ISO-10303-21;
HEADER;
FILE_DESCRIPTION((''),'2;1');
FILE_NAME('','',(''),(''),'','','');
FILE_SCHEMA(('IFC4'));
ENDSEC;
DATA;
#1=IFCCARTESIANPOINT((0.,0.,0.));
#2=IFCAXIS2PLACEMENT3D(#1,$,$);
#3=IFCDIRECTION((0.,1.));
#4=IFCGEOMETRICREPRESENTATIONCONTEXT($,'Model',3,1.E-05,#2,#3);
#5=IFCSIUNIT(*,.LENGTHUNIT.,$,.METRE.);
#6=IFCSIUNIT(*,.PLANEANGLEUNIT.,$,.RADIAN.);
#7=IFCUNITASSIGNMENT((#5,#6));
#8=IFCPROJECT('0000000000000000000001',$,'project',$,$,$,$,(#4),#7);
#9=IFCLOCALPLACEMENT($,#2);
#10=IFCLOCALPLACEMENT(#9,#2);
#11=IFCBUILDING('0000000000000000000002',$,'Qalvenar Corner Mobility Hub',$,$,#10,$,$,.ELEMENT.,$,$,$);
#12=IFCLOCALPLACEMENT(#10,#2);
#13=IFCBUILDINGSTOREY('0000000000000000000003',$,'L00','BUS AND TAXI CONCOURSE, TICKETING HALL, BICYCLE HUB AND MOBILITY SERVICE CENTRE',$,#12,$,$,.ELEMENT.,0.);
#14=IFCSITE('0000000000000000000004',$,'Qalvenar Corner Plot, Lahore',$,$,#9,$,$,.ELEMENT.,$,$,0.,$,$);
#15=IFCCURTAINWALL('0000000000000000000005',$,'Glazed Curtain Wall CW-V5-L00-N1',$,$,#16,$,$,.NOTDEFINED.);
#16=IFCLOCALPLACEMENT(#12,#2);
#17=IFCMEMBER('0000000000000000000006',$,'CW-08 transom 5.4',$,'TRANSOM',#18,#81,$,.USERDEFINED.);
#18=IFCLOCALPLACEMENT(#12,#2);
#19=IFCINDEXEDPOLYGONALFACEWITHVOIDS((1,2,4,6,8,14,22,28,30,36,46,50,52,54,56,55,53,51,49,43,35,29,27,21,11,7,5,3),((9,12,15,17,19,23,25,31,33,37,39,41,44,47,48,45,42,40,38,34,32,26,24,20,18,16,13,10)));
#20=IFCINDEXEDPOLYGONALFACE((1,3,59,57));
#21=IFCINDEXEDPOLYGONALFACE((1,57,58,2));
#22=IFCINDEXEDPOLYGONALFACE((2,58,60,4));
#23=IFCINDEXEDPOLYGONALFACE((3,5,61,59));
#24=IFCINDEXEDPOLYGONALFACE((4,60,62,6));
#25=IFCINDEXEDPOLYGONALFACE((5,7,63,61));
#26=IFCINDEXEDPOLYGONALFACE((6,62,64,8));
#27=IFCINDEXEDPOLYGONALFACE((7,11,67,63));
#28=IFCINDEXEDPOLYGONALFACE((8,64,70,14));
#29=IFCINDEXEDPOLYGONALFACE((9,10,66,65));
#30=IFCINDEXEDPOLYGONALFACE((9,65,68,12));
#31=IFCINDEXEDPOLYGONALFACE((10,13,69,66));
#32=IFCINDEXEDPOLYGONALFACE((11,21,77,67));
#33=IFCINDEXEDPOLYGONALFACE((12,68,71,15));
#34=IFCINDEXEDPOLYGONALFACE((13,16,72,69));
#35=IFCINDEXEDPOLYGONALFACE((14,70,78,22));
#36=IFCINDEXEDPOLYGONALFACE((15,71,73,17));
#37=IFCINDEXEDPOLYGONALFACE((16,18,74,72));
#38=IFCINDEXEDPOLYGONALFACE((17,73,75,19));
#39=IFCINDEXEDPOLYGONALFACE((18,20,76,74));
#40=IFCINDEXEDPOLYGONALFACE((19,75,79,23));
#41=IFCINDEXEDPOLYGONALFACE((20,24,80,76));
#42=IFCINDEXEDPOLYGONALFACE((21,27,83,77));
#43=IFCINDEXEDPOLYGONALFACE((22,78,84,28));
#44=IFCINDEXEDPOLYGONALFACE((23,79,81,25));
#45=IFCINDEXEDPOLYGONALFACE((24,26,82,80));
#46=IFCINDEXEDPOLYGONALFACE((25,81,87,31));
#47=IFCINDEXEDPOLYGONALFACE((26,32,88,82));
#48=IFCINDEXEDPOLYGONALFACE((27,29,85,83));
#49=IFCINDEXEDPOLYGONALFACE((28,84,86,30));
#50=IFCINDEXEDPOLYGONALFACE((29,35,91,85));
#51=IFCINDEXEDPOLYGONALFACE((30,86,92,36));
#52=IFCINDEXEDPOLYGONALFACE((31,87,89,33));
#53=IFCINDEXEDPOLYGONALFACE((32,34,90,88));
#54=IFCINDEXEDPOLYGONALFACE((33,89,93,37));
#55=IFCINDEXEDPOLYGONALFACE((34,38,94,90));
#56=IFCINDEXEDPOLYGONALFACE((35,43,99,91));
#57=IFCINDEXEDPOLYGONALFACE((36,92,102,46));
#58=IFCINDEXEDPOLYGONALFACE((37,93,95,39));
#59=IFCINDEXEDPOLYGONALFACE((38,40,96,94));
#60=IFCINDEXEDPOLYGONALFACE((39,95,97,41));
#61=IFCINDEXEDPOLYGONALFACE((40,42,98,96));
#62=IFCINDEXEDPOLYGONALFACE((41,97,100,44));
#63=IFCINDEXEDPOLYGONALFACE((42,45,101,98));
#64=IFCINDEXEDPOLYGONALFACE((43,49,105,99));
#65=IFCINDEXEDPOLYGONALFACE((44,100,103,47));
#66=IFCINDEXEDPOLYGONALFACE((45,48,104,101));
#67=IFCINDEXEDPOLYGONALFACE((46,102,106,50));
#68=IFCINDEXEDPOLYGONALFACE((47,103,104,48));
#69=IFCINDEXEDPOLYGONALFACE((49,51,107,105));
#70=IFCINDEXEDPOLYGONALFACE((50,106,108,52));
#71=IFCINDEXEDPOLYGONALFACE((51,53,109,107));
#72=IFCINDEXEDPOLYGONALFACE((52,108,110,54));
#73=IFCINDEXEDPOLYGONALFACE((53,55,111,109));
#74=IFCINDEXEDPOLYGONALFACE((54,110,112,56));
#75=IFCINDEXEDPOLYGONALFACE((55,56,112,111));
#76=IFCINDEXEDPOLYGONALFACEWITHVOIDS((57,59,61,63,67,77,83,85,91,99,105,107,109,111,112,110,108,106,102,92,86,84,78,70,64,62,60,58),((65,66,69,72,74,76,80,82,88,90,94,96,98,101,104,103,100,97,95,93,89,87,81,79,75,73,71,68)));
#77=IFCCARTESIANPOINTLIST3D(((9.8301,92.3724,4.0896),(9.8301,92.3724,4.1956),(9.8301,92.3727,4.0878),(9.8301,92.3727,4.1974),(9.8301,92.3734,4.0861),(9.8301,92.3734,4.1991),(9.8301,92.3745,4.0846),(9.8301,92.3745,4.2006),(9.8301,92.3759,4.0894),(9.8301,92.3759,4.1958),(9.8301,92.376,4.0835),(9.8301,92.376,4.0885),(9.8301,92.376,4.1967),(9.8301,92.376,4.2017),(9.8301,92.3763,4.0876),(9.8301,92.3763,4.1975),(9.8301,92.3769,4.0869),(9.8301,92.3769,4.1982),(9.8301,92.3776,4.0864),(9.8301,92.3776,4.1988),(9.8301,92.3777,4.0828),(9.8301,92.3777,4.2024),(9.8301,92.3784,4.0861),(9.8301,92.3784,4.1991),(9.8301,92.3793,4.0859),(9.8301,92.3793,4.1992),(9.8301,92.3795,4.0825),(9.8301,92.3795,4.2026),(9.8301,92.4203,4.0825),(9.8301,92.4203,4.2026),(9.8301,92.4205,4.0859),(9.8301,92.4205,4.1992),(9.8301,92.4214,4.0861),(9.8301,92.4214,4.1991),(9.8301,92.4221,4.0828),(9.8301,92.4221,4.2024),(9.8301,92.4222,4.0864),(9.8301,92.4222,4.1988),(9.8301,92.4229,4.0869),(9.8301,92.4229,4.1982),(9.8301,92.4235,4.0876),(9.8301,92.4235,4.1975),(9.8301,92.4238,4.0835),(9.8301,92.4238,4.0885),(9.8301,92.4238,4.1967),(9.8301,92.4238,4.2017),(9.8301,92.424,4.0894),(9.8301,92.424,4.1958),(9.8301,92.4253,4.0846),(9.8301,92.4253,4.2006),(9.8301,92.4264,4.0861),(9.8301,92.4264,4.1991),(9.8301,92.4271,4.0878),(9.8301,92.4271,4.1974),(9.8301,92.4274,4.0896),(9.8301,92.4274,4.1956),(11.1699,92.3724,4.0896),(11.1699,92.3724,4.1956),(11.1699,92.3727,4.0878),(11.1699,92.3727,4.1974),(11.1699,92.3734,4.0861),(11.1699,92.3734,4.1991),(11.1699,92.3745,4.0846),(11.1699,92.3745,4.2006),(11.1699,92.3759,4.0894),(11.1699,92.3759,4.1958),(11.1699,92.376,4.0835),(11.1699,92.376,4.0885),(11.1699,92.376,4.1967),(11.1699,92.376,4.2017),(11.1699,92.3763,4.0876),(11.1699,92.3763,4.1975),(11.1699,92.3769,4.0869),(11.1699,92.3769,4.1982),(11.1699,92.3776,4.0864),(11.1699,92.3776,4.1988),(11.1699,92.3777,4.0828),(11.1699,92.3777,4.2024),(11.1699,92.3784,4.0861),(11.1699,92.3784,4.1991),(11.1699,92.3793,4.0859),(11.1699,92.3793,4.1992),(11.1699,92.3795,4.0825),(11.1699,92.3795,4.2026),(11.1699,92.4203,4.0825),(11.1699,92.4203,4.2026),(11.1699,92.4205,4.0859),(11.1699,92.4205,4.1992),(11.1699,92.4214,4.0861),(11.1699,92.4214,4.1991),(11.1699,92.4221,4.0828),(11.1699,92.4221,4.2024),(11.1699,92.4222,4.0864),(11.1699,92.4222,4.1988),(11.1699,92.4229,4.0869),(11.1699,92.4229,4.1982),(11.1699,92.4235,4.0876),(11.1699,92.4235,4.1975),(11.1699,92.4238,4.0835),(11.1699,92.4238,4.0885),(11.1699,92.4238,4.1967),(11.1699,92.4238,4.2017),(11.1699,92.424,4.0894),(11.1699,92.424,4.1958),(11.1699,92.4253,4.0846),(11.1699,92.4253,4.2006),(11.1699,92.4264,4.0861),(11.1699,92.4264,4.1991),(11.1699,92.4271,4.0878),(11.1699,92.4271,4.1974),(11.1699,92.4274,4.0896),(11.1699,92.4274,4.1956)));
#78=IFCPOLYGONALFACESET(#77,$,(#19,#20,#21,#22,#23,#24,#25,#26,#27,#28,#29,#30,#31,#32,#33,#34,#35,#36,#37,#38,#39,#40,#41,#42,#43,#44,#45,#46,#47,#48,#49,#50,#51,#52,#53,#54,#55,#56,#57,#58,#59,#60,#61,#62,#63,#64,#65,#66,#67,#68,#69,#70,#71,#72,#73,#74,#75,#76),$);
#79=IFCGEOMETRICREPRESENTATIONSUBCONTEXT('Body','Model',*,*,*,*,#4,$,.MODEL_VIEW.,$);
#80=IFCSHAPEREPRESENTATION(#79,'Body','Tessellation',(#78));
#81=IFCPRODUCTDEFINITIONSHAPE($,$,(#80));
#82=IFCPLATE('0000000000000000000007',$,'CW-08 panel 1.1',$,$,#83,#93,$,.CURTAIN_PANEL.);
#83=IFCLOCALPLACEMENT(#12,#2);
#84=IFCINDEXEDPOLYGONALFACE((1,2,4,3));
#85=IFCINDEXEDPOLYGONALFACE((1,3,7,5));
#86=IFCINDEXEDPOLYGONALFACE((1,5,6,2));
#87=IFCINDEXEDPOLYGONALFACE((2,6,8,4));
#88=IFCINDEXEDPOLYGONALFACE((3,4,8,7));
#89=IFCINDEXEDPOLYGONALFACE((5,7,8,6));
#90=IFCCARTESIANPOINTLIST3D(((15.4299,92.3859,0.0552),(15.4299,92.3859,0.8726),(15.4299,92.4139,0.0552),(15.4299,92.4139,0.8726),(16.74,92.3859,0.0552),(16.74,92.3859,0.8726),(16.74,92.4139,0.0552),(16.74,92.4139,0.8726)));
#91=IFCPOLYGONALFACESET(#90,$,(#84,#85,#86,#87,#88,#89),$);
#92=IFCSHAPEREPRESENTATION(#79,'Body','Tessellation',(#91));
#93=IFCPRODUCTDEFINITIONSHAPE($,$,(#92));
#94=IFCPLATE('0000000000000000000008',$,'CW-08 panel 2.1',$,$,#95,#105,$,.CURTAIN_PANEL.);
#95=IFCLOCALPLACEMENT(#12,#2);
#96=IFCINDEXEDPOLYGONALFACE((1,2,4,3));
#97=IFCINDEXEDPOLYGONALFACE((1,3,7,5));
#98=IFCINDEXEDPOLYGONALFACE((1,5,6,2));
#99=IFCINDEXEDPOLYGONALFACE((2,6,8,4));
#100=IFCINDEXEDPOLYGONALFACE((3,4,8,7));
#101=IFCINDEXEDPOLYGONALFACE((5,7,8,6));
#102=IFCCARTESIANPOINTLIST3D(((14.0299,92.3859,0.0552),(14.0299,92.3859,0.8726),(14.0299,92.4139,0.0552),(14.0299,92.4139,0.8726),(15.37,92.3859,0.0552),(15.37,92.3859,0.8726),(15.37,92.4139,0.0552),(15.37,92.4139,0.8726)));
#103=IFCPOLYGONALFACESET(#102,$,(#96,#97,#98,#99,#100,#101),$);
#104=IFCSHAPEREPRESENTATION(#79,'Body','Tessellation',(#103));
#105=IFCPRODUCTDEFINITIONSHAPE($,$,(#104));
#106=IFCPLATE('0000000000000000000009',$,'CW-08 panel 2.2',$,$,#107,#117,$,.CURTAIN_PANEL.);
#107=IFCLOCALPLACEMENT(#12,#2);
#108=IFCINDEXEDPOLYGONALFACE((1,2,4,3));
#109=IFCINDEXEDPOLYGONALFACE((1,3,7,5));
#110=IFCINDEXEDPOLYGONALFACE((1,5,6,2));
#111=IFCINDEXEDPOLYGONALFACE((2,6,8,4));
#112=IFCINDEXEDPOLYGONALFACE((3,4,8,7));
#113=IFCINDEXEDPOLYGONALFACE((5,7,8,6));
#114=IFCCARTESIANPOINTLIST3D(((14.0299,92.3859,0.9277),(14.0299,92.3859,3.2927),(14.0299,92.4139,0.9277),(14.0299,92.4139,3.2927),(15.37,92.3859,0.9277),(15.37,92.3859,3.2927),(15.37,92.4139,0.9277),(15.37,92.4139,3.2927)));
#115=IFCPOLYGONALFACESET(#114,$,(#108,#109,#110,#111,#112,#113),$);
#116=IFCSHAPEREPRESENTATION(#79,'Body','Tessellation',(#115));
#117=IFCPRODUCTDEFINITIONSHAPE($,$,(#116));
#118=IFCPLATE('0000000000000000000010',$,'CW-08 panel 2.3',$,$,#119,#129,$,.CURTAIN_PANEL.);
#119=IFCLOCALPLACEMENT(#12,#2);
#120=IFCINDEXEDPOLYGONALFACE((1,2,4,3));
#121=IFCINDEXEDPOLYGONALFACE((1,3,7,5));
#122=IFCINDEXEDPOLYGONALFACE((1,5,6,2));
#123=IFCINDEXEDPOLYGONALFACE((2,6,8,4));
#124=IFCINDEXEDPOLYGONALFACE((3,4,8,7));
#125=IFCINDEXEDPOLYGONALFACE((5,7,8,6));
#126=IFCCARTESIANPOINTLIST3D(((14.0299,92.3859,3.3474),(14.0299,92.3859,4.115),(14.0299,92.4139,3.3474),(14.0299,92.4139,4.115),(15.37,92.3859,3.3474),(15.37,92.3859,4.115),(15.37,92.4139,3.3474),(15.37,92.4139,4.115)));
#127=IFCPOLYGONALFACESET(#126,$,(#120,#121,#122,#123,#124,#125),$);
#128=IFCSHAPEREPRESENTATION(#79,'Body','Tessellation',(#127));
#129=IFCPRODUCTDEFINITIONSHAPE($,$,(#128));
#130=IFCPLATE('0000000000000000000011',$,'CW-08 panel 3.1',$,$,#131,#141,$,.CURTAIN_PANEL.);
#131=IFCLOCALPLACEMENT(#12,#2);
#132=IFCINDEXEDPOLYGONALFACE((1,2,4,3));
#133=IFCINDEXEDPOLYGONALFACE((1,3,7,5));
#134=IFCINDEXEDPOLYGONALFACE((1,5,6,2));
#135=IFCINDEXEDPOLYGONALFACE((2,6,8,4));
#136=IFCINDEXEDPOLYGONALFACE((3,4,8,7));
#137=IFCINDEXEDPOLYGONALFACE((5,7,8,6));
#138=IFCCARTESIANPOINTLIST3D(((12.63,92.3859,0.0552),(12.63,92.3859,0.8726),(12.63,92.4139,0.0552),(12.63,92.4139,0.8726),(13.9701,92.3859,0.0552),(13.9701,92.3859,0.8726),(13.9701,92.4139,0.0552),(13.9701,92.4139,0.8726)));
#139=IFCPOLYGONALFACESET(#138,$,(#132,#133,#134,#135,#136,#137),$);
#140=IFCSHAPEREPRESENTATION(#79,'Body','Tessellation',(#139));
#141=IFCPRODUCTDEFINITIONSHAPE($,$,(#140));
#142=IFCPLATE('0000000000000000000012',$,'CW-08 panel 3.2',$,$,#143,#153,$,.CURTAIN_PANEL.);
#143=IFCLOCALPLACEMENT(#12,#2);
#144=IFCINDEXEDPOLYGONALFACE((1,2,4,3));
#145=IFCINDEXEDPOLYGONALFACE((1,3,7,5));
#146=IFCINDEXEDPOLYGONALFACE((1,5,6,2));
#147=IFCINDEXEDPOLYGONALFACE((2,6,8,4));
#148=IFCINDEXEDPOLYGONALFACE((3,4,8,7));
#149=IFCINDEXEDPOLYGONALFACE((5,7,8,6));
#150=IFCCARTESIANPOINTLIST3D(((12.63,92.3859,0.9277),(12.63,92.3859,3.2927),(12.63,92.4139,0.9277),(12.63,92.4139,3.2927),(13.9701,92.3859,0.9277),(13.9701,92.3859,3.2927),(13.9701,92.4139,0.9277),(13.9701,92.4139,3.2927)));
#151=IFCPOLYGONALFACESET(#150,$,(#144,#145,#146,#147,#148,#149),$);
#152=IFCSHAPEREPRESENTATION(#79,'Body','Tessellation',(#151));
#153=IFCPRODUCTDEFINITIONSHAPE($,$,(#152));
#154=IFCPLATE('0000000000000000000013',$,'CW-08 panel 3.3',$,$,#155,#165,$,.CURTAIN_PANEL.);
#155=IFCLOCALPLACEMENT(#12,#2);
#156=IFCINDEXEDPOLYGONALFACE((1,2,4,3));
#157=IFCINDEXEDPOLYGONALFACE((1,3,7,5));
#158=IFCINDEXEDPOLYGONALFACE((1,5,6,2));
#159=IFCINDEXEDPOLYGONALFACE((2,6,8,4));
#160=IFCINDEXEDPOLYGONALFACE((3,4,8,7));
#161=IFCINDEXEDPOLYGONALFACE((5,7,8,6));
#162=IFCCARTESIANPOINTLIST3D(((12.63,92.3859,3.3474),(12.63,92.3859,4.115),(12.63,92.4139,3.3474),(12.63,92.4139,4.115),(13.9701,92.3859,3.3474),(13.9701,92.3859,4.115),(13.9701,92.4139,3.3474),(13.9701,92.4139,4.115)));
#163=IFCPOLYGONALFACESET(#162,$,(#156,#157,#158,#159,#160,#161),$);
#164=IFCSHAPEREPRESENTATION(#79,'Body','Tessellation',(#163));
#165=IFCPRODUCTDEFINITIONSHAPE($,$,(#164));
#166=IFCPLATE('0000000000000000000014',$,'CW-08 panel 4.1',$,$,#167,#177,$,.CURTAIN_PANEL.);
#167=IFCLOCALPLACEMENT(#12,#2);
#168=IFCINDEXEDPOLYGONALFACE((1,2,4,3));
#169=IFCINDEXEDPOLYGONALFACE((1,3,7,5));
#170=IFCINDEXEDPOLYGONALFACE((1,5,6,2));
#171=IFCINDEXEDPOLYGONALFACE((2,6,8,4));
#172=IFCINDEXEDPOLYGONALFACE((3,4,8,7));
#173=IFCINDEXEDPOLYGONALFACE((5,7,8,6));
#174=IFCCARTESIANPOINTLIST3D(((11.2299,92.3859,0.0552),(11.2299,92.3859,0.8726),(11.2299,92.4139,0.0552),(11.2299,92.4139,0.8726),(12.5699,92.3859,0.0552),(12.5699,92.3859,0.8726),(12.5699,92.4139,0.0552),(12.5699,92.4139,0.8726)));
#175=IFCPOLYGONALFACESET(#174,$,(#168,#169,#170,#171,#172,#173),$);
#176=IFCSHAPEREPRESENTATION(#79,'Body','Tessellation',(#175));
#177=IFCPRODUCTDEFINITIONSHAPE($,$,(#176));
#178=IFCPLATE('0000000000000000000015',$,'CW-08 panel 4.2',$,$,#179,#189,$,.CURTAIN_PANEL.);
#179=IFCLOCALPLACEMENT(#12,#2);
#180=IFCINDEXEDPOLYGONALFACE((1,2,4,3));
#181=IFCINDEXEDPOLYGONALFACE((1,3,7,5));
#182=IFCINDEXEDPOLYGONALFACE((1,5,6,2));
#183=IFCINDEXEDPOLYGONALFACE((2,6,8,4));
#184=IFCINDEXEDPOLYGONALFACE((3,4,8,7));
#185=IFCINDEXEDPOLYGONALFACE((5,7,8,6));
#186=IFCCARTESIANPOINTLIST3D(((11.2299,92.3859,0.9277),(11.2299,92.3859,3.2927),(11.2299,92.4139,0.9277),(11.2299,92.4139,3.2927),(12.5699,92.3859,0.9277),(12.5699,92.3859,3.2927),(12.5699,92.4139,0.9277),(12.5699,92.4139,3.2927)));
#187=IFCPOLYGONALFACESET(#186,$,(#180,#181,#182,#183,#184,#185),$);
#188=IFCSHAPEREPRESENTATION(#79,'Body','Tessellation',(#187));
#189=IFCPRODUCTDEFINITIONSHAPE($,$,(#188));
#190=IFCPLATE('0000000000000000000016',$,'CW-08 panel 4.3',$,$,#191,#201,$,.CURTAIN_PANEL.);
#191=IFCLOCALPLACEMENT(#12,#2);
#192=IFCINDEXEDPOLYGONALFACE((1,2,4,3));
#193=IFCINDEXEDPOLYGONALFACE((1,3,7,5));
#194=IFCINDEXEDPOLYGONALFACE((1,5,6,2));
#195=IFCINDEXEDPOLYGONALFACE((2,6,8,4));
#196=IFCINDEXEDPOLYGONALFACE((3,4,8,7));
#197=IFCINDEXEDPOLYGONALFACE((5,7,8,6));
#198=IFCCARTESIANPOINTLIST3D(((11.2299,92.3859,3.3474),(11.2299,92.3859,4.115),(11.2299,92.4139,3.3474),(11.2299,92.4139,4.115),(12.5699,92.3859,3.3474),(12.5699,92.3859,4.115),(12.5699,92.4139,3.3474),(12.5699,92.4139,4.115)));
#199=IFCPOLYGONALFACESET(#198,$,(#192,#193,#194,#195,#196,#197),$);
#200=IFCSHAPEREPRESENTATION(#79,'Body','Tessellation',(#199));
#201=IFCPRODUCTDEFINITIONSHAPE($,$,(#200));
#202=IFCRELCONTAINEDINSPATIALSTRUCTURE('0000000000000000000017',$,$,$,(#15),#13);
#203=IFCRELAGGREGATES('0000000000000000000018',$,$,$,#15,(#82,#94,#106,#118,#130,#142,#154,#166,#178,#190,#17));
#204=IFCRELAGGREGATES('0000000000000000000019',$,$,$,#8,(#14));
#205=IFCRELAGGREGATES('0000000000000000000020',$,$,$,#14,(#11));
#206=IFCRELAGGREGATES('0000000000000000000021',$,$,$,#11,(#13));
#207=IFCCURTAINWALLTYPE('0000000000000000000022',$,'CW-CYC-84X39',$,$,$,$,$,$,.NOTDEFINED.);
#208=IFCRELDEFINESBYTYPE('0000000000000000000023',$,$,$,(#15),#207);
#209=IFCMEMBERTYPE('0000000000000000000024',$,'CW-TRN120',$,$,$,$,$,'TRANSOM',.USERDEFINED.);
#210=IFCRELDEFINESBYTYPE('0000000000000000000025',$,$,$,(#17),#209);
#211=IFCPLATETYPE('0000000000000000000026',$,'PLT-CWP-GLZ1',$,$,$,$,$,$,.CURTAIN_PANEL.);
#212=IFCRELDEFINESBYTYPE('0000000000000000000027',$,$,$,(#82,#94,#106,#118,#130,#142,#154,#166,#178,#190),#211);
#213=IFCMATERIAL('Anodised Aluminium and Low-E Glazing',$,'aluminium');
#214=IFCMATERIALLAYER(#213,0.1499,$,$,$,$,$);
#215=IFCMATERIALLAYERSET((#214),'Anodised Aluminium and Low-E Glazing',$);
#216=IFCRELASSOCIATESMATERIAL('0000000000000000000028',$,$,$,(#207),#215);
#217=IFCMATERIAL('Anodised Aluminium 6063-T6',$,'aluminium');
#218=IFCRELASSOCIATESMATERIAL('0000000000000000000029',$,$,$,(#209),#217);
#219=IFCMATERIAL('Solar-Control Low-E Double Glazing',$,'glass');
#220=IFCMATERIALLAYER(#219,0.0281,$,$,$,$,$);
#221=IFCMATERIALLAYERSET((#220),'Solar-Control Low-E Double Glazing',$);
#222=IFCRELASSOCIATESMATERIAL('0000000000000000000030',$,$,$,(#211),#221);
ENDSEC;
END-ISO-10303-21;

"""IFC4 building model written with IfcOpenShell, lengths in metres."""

from ifc_helpers import new_model, si_unit, direction, frame, origin, origin_2d, place, context, subcontext, project, spatial, rectangle, hollow_rectangle, extrude, material, layer, layer_set, material_profile, profile_set, type_object, element, aggregate, save


model = new_model("IFC4")

# Units and contexts
model_context = context("Model", 3, precision=1e-05, world=origin(), true_north=direction((0.0, 1.0)))
body_context = subcontext(model_context, "Body", "Model", "MODEL_VIEW")
ifc_project = project(units=[si_unit("LENGTHUNIT", "METRE"), si_unit("PLANEANGLEUNIT", "RADIAN")], contexts=[model_context])

# Site, building, storey
site_placement = place(None, origin())
site = spatial("IfcSite", under=ifc_project, at=site_placement, Name="Qalvenar Corner Plot, Lahore", CompositionType="ELEMENT", RefElevation=0.0)
building_placement = place(site_placement, origin())
building = spatial("IfcBuilding", under=site, at=building_placement, Name="Qalvenar Corner Mobility Hub", CompositionType="ELEMENT")
storey_placement = place(building_placement, origin())
storey = spatial("IfcBuildingStorey", under=building, at=storey_placement, Name="L00", Description="BUS AND TAXI CONCOURSE, TICKETING HALL, BICYCLE HUB AND MOBILITY SERVICE CENTRE", CompositionType="ELEMENT", Elevation=0.0)

# Curtain wall, member, plates
ifc_material_1 = material(Name="Anodised Aluminium and Low-E Glazing", Category="aluminium")
ifc_layer_1 = layer(ifc_material_1, 0.1499)
ifc_layer_set_1 = layer_set([ifc_layer_1], Name="Anodised Aluminium and Low-E Glazing")
curtain_wall_type = type_object("IfcCurtainWallType", Name="CW-CYC-84X39", PredefinedType="NOTDEFINED", material=ifc_layer_set_1)
curtain_wall_placement = place(storey_placement, origin())
curtain_wall = element("IfcCurtainWall", 1, at=curtain_wall_placement, inside=storey, type_object=curtain_wall_type, Name="Glazed Curtain Wall CW-V5-L00-N1", PredefinedType="NOTDEFINED")
ifc_material_2 = material(Name="Anodised Aluminium 6063-T6", Category="aluminium")
ifc_material_profile_1 = material_profile(ifc_material_2, hollow_rectangle(XDim=0.0549, YDim=0.1201, WallThickness=0.0034, InnerFilletRadius=0.0034, OuterFilletRadius=0.0071, at=origin_2d()), Name="RHS120x55x3.5")
ifc_profile_set_1 = profile_set([ifc_material_profile_1], Name="Anodised Aluminium 6063-T6")
member_type_1 = type_object("IfcMemberType", Name="CW-TRN120", ElementType="TRANSOM", PredefinedType="USERDEFINED", material=ifc_profile_set_1)
member_1_placement = place(storey_placement, frame((11.1699, 92.3999, 4.1426), z_axis=(-1.0, 0.0, 0.0), x_axis=(0.0, -1.0, 0.0)))
member_1 = element("IfcMember", 2, at=member_1_placement, type_object=member_type_1, Name="CW-08 transom 5.4", ObjectType="TRANSOM", PredefinedType="USERDEFINED", context=body_context, shape_type="SweptSolid", body=[
    extrude(hollow_rectangle(XDim=0.0549, YDim=0.1201, WallThickness=0.0034, InnerFilletRadius=0.0034, OuterFilletRadius=0.0071, at=origin_2d()), origin(), (0.0, 0.0, 1.0), 1.3398),
])
ifc_material_3 = material(Name="Solar-Control Low-E Double Glazing", Category="glass")
ifc_layer_2 = layer(ifc_material_3, 0.0281)
ifc_layer_set_2 = layer_set([ifc_layer_2], Name="Solar-Control Low-E Double Glazing")
plate_type = type_object("IfcPlateType", Name="PLT-CWP-GLZ1", PredefinedType="CURTAIN_PANEL", material=ifc_layer_set_2)
plate_1_placement = place(storey_placement, frame((16.085, 92.3999, 0.0552), z_axis=(0.0, 0.0, 1.0), x_axis=(-1.0, 0.0, 0.0)))
plate_1 = element("IfcPlate", 3, at=plate_1_placement, type_object=plate_type, Name="CW-08 panel 1.1", PredefinedType="CURTAIN_PANEL", context=body_context, shape_type="SweptSolid", body=[
    extrude(rectangle(XDim=1.3101, YDim=0.0281, at=origin_2d()), origin(), (0.0, 0.0, 1.0), 0.8174),
])
plate_2_placement = place(storey_placement, frame((14.7, 92.3999, 0.0552), z_axis=(0.0, 0.0, 1.0), x_axis=(-1.0, 0.0, 0.0)))
plate_2 = element("IfcPlate", 4, at=plate_2_placement, type_object=plate_type, Name="CW-08 panel 2.1", PredefinedType="CURTAIN_PANEL", context=body_context, shape_type="SweptSolid", body=[
    extrude(rectangle(XDim=1.3401, YDim=0.0281, at=origin_2d()), origin(), (0.0, 0.0, 1.0), 0.8174),
])
plate_3_placement = place(storey_placement, frame((14.7, 92.3999, 0.9277), z_axis=(0.0, 0.0, 1.0), x_axis=(-1.0, 0.0, 0.0)))
plate_3 = element("IfcPlate", 5, at=plate_3_placement, type_object=plate_type, Name="CW-08 panel 2.2", PredefinedType="CURTAIN_PANEL", context=body_context, shape_type="SweptSolid", body=[
    extrude(rectangle(XDim=1.3401, YDim=0.0281, at=origin_2d()), origin(), (0.0, 0.0, 1.0), 2.365),
])
plate_4_placement = place(storey_placement, frame((14.7, 92.3999, 3.3474), z_axis=(0.0, 0.0, 1.0), x_axis=(-1.0, 0.0, 0.0)))
plate_4 = element("IfcPlate", 6, at=plate_4_placement, type_object=plate_type, Name="CW-08 panel 2.3", PredefinedType="CURTAIN_PANEL", context=body_context, shape_type="SweptSolid", body=[
    extrude(rectangle(XDim=1.3401, YDim=0.0281, at=origin_2d()), origin(), (0.0, 0.0, 1.0), 0.7676),
])
plate_5_placement = place(storey_placement, frame((13.3, 92.3999, 0.0552), z_axis=(0.0, 0.0, 1.0), x_axis=(-1.0, 0.0, 0.0)))
plate_5 = element("IfcPlate", 7, at=plate_5_placement, type_object=plate_type, Name="CW-08 panel 3.1", PredefinedType="CURTAIN_PANEL", context=body_context, shape_type="SweptSolid", body=[
    extrude(rectangle(XDim=1.3401, YDim=0.0281, at=origin_2d()), origin(), (0.0, 0.0, 1.0), 0.8174),
])
plate_6_placement = place(storey_placement, frame((13.3, 92.3999, 0.9277), z_axis=(0.0, 0.0, 1.0), x_axis=(-1.0, 0.0, 0.0)))
plate_6 = element("IfcPlate", 8, at=plate_6_placement, type_object=plate_type, Name="CW-08 panel 3.2", PredefinedType="CURTAIN_PANEL", context=body_context, shape_type="SweptSolid", body=[
    extrude(rectangle(XDim=1.3401, YDim=0.0281, at=origin_2d()), origin(), (0.0, 0.0, 1.0), 2.365),
])
plate_7_placement = place(storey_placement, frame((13.3, 92.3999, 3.3474), z_axis=(0.0, 0.0, 1.0), x_axis=(-1.0, 0.0, 0.0)))
plate_7 = element("IfcPlate", 9, at=plate_7_placement, type_object=plate_type, Name="CW-08 panel 3.3", PredefinedType="CURTAIN_PANEL", context=body_context, shape_type="SweptSolid", body=[
    extrude(rectangle(XDim=1.3401, YDim=0.0281, at=origin_2d()), origin(), (0.0, 0.0, 1.0), 0.7676),
])
plate_8_placement = place(storey_placement, frame((11.8999, 92.3999, 0.0552), z_axis=(0.0, 0.0, 1.0), x_axis=(-1.0, 0.0, 0.0)))
plate_8 = element("IfcPlate", 10, at=plate_8_placement, type_object=plate_type, Name="CW-08 panel 4.1", PredefinedType="CURTAIN_PANEL", context=body_context, shape_type="SweptSolid", body=[
    extrude(rectangle(XDim=1.3401, YDim=0.0281, at=origin_2d()), origin(), (0.0, 0.0, 1.0), 0.8174),
])
plate_9_placement = place(storey_placement, frame((11.8999, 92.3999, 0.9277), z_axis=(0.0, 0.0, 1.0), x_axis=(-1.0, 0.0, 0.0)))
plate_9 = element("IfcPlate", 11, at=plate_9_placement, type_object=plate_type, Name="CW-08 panel 4.2", PredefinedType="CURTAIN_PANEL", context=body_context, shape_type="SweptSolid", body=[
    extrude(rectangle(XDim=1.3401, YDim=0.0281, at=origin_2d()), origin(), (0.0, 0.0, 1.0), 2.365),
])
plate_10_placement = place(storey_placement, frame((11.8999, 92.3999, 3.3474), z_axis=(0.0, 0.0, 1.0), x_axis=(-1.0, 0.0, 0.0)))
plate_10 = element("IfcPlate", 12, at=plate_10_placement, type_object=plate_type, Name="CW-08 panel 4.3", PredefinedType="CURTAIN_PANEL", context=body_context, shape_type="SweptSolid", body=[
    extrude(rectangle(XDim=1.3401, YDim=0.0281, at=origin_2d()), origin(), (0.0, 0.0, 1.0), 0.7676),
])
aggregate(curtain_wall, [plate_1, plate_2, plate_3, plate_4, plate_5, plate_6, plate_7, plate_8, plate_9, plate_10, member_1])

save(model, "model.ifc")
